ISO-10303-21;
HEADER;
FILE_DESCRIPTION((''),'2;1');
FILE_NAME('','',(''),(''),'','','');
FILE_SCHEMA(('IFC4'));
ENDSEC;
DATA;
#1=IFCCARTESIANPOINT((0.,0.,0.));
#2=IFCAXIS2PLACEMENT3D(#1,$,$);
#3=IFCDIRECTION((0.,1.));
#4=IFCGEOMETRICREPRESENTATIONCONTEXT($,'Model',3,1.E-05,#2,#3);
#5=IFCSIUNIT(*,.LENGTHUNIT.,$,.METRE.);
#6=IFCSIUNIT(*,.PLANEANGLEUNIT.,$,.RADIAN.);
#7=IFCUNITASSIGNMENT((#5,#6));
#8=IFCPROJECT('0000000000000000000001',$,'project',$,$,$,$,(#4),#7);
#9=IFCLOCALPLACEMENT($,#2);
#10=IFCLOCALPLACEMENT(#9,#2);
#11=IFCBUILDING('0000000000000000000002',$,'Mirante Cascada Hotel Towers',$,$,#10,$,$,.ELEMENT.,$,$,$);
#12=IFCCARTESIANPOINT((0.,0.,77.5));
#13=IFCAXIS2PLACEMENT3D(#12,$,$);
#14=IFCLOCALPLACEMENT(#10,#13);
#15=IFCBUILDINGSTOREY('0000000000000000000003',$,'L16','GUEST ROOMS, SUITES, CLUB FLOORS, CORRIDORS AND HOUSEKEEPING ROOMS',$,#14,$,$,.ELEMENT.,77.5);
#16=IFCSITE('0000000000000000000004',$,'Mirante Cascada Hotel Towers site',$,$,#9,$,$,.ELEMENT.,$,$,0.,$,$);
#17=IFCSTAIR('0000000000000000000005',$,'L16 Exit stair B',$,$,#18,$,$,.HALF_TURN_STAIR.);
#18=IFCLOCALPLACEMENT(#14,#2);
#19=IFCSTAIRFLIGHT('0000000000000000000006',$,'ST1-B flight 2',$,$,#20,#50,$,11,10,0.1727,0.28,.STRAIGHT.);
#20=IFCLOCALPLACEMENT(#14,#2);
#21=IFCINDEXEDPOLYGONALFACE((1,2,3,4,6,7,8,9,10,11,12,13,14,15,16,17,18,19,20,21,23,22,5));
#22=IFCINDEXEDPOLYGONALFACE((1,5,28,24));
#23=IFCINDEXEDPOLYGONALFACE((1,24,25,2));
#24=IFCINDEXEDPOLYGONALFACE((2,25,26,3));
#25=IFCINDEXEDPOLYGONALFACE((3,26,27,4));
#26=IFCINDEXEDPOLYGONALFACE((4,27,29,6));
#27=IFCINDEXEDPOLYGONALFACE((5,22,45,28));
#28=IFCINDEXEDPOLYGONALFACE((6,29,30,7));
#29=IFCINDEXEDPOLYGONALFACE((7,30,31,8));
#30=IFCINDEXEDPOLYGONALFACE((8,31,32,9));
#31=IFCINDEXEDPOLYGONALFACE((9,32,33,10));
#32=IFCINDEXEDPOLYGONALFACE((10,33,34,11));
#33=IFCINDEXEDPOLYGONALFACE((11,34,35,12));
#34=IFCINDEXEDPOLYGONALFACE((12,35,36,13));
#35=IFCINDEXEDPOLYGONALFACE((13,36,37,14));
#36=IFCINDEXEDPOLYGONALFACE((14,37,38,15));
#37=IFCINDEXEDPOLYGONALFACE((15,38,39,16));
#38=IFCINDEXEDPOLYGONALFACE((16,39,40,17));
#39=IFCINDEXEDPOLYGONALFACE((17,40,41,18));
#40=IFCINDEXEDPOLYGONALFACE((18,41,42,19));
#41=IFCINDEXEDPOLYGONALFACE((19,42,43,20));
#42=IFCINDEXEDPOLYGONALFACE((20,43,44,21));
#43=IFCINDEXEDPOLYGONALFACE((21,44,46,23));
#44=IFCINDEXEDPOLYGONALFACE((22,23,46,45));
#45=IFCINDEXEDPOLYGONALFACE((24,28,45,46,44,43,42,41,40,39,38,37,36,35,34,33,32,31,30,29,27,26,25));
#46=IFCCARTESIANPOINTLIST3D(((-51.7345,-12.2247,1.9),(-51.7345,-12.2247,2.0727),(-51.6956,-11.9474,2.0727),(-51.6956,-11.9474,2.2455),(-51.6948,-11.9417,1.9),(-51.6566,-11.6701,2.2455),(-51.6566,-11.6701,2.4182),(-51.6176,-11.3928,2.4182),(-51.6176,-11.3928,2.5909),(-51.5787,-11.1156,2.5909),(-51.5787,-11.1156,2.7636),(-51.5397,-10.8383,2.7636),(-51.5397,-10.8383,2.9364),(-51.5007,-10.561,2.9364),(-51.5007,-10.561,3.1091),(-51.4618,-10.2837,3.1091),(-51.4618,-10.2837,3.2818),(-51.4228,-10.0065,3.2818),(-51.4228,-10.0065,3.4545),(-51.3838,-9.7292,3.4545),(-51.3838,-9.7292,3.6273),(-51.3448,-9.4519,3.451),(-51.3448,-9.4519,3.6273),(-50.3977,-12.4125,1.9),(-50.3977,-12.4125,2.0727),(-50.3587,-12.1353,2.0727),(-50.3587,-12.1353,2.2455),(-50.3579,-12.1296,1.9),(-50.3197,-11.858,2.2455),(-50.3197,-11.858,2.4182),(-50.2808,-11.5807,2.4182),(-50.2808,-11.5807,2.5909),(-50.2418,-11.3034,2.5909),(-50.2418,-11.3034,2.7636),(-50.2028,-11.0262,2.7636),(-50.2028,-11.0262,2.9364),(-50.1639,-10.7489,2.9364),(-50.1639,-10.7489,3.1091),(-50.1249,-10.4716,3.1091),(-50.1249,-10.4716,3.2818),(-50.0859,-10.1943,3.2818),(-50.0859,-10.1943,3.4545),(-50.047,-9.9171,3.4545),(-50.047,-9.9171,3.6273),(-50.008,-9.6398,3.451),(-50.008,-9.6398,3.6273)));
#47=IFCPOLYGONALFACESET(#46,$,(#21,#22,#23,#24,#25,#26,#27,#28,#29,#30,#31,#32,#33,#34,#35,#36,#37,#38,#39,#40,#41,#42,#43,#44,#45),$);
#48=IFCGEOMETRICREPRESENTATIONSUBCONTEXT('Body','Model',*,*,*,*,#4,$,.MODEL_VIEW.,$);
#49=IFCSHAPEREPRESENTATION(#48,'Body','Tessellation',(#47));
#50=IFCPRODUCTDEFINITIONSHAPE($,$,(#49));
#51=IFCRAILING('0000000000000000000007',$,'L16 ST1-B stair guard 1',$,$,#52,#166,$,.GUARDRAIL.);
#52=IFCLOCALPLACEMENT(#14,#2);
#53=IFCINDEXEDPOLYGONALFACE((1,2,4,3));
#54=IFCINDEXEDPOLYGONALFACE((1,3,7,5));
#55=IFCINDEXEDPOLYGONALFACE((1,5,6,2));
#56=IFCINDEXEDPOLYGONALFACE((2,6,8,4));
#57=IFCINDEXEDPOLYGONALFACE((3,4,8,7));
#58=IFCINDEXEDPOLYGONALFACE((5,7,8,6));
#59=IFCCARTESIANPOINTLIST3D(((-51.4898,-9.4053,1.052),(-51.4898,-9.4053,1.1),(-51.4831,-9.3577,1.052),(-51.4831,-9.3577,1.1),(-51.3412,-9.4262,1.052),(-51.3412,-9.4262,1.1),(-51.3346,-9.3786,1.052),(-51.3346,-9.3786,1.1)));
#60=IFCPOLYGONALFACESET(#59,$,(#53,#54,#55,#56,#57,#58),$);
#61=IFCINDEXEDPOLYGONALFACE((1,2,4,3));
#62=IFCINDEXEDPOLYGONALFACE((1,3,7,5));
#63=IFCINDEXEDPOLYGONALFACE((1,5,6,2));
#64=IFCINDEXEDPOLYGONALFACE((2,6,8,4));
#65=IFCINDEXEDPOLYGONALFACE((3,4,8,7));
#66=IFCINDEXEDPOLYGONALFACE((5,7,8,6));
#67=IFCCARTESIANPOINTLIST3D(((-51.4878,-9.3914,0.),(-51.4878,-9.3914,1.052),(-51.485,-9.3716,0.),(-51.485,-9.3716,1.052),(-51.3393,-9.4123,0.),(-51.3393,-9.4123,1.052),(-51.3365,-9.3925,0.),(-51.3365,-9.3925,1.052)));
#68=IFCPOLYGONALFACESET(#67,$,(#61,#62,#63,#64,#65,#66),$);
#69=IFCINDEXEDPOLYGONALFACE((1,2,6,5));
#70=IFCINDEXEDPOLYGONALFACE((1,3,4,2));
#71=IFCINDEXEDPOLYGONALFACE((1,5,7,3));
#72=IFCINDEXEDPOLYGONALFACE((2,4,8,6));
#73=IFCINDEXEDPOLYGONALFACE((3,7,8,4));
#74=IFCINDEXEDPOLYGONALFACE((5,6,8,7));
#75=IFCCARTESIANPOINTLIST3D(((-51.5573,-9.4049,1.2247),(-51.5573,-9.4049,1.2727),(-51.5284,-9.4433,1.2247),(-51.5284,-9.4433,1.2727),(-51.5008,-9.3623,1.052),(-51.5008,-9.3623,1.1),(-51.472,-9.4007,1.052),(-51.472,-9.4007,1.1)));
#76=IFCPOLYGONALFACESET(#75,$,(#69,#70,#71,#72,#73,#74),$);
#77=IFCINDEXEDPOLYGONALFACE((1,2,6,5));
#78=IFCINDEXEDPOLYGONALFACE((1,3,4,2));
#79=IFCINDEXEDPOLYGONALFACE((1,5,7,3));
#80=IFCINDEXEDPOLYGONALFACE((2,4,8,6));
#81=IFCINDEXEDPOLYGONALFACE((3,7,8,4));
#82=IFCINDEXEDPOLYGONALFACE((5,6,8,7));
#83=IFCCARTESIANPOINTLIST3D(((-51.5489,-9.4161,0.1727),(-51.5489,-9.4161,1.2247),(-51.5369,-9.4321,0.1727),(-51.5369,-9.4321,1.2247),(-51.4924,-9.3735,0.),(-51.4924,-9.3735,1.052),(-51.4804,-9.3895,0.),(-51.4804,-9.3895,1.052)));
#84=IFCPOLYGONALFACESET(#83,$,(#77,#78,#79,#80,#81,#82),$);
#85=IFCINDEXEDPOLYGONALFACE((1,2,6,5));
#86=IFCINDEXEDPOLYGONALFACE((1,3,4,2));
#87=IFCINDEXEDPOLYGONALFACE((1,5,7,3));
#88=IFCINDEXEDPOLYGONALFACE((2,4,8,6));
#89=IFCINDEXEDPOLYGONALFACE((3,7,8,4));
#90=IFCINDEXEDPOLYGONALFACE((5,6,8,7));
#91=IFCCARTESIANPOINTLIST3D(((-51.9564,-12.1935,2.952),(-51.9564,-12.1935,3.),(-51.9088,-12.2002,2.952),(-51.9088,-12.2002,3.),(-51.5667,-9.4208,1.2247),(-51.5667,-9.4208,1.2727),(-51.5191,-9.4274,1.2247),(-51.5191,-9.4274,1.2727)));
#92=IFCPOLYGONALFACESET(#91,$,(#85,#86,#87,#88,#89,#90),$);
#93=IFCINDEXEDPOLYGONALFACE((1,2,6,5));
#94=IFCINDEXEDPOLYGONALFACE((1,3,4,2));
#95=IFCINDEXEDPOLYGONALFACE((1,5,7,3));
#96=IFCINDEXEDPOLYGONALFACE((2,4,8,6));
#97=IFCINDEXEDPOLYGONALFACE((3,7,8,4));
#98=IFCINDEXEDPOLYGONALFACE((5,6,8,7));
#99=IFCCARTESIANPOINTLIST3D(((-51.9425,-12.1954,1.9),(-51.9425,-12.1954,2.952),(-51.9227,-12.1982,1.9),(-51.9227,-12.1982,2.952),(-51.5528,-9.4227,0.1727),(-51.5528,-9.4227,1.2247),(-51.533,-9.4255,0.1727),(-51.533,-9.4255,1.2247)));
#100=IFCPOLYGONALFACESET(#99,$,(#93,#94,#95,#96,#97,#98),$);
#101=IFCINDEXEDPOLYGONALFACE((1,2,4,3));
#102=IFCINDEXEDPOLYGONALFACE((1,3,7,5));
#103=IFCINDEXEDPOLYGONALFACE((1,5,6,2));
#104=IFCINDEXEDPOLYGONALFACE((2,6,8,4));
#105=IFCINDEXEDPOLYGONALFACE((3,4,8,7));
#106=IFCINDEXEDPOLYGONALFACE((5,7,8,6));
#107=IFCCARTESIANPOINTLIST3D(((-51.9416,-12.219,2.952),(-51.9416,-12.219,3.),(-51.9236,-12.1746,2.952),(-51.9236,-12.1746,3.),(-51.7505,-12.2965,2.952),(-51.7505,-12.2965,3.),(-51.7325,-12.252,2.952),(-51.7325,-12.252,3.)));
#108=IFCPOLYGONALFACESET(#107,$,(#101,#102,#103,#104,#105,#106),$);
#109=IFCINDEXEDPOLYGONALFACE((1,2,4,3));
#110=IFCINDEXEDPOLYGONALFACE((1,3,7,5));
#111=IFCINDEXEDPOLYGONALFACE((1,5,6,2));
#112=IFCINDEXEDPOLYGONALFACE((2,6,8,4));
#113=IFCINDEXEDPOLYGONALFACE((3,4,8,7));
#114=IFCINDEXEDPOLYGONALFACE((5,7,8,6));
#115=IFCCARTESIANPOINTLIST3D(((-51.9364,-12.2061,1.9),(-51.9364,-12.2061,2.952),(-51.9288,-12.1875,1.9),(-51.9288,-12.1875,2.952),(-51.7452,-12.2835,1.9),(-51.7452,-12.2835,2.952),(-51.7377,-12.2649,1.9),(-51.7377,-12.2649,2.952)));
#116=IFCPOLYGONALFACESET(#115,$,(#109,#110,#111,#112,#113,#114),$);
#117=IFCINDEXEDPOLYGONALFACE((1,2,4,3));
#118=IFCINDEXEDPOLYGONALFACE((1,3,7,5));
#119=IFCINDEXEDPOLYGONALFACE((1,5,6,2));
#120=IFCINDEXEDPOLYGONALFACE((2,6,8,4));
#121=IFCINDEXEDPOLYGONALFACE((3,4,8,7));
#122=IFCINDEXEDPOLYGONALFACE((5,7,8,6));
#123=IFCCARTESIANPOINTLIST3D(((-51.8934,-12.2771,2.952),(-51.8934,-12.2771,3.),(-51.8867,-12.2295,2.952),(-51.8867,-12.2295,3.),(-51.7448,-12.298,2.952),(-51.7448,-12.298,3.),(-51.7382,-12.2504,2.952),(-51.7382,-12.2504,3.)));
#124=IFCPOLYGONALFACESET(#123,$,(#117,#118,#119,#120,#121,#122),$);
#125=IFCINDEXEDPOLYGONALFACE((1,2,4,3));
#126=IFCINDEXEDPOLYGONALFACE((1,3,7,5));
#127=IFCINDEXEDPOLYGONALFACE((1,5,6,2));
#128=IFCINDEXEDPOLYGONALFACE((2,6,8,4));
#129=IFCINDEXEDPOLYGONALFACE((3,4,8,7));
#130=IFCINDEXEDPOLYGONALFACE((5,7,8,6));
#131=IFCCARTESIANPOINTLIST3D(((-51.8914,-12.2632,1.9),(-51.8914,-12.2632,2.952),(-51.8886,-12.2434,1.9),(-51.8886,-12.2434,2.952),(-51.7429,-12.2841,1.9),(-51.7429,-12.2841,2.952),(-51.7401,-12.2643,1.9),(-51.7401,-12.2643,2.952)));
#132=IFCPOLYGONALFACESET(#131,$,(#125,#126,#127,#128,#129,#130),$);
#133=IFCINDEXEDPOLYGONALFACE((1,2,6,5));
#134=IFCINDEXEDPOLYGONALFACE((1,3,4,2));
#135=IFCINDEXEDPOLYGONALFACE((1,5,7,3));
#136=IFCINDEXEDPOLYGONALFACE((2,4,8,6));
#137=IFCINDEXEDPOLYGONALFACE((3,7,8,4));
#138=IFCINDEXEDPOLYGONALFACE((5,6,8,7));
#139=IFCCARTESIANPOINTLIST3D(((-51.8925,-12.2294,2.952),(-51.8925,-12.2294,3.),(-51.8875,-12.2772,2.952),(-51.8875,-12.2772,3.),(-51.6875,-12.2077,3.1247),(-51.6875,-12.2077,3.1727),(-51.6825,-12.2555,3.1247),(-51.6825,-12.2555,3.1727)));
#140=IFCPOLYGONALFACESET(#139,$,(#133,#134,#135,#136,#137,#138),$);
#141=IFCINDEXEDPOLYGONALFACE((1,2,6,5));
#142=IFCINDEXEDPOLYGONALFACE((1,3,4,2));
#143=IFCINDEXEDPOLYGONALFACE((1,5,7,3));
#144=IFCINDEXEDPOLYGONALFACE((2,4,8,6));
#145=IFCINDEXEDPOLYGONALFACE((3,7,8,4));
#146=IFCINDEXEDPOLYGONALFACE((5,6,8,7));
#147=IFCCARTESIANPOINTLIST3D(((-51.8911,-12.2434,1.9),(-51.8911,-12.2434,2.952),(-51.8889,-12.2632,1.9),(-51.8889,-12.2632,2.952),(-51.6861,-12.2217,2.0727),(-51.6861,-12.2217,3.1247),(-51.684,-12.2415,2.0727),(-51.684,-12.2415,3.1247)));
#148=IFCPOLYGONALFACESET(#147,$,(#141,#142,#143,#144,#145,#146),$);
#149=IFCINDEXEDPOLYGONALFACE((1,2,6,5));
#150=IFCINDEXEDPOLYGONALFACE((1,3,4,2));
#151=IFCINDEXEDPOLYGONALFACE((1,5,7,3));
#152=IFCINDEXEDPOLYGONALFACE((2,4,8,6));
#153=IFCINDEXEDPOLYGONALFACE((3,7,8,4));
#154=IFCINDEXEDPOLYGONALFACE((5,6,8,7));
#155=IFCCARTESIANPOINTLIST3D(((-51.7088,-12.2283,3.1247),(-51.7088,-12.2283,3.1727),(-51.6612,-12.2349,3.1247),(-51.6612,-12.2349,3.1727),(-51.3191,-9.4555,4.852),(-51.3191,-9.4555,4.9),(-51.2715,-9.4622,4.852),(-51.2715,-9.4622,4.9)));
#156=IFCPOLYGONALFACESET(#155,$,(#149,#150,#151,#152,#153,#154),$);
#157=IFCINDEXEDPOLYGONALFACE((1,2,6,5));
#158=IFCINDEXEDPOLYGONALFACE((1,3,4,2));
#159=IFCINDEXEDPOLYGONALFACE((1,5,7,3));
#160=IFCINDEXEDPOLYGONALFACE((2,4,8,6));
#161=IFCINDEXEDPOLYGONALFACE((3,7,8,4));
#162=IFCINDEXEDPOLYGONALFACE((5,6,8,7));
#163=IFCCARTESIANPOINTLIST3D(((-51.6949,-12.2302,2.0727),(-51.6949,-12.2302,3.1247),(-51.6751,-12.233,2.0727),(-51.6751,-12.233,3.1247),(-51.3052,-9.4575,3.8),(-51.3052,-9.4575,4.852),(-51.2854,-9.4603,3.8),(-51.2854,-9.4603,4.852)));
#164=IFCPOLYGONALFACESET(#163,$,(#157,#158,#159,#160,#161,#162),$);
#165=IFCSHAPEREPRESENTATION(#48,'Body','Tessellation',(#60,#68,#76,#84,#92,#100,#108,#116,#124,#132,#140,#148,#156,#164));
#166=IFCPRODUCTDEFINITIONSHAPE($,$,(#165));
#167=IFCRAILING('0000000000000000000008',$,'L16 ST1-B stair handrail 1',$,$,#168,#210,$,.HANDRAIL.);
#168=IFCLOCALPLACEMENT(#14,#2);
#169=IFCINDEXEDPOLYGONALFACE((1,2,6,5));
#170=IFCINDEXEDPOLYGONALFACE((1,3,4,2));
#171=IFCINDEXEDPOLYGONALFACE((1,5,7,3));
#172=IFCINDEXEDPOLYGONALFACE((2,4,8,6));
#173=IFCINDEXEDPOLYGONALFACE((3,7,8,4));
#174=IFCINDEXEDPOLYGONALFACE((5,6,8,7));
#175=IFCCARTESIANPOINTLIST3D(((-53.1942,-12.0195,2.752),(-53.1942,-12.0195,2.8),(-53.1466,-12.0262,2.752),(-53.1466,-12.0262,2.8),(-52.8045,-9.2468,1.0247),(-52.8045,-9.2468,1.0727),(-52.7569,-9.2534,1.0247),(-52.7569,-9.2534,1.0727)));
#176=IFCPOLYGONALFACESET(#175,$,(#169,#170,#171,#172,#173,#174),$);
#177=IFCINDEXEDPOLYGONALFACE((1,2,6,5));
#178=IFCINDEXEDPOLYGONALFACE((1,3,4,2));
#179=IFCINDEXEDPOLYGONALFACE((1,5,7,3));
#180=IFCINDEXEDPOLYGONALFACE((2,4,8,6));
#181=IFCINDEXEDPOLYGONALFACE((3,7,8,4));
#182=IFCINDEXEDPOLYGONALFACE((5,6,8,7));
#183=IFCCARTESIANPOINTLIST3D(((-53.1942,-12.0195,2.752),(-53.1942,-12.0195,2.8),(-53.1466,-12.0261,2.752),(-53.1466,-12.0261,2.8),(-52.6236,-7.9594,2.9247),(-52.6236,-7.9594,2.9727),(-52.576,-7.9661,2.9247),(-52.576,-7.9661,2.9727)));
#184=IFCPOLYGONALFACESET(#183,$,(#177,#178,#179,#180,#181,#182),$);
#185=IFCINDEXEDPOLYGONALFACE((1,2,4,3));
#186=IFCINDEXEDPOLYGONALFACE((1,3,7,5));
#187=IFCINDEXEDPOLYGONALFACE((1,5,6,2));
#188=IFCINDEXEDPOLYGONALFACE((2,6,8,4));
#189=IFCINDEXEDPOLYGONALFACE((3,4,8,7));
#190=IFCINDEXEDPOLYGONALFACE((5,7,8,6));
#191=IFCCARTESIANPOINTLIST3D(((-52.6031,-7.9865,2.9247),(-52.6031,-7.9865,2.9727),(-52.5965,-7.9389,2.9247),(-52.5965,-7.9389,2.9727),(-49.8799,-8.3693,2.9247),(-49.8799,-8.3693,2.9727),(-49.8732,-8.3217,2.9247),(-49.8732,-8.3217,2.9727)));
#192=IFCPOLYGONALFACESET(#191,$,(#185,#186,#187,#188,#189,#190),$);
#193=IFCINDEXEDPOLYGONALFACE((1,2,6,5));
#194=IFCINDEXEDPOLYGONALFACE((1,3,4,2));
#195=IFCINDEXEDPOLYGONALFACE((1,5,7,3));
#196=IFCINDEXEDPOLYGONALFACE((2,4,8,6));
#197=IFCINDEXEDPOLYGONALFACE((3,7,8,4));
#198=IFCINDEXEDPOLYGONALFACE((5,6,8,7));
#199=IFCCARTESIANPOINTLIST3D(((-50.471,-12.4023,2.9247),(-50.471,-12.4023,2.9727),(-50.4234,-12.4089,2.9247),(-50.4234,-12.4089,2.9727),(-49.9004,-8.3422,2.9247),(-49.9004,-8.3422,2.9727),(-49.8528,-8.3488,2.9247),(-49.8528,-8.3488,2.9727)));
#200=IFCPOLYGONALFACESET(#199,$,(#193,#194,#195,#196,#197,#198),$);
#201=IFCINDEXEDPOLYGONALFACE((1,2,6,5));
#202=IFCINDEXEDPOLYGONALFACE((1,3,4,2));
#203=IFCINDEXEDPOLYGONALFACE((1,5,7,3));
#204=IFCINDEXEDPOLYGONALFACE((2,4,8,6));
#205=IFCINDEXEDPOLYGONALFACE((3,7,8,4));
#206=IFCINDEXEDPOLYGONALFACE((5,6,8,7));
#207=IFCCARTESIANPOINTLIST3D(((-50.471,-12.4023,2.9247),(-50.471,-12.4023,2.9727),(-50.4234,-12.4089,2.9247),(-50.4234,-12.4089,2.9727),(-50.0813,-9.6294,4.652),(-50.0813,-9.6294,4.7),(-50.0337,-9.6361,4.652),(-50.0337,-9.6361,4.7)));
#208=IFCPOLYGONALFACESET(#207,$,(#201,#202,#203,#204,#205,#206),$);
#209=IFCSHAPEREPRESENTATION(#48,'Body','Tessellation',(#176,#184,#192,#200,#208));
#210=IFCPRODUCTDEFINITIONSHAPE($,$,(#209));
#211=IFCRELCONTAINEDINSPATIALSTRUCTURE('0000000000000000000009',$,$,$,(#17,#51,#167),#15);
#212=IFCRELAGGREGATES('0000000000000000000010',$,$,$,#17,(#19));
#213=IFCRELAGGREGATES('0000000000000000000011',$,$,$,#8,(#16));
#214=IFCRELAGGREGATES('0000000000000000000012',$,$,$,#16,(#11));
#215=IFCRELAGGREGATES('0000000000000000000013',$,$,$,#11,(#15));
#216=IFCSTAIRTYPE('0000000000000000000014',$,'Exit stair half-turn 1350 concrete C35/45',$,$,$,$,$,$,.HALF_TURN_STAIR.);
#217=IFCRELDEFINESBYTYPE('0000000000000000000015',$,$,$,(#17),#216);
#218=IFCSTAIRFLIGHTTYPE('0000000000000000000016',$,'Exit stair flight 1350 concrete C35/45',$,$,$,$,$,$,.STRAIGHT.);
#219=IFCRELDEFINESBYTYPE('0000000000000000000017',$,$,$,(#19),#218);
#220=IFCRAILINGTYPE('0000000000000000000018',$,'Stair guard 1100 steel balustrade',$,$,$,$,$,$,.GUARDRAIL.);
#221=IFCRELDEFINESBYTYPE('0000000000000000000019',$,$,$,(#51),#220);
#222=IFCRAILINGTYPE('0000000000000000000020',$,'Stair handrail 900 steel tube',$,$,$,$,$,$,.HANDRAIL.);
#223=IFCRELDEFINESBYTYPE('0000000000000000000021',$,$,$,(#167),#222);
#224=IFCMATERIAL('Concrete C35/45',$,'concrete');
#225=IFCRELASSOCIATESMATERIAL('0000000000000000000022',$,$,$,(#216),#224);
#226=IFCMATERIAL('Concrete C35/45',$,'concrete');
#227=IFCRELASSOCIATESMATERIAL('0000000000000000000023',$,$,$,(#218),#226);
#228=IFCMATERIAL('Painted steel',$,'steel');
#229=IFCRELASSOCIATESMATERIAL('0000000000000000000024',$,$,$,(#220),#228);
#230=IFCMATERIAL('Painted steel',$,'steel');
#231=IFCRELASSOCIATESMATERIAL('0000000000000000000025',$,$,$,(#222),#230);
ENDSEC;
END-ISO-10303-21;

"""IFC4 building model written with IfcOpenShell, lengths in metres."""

from ifc_helpers import new_model, si_unit, direction, frame, origin, origin_2d, place, context, subcontext, project, spatial, polyline, rectangle, outline, extrude, material, type_object, element, aggregate, save


model = new_model("IFC4")

# Units and contexts
model_context = context("Model", 3, precision=1e-05, world=origin(), true_north=direction((0.0, 1.0)))
body_context = subcontext(model_context, "Body", "Model", "MODEL_VIEW")
ifc_project = project(units=[si_unit("LENGTHUNIT", "METRE"), si_unit("PLANEANGLEUNIT", "RADIAN")], contexts=[model_context])

# Site, building, storey
site_placement = place(None, origin())
site = spatial("IfcSite", under=ifc_project, at=site_placement, Name="Mirante Cascada Hotel Towers site", CompositionType="ELEMENT", RefElevation=0.0)
building_placement = place(site_placement, origin())
building = spatial("IfcBuilding", under=site, at=building_placement, Name="Mirante Cascada Hotel Towers", CompositionType="ELEMENT")
storey_placement = place(building_placement, frame((0.0, 0.0, 77.5)))
storey = spatial("IfcBuildingStorey", under=building, at=storey_placement, Name="L16", Description="GUEST ROOMS, SUITES, CLUB FLOORS, CORRIDORS AND HOUSEKEEPING ROOMS", CompositionType="ELEMENT", Elevation=77.5)

# Stair, stair flight
ifc_material_1 = material(Name="Concrete C35/45", Category="concrete")
stair_type = type_object("IfcStairType", Name="Exit stair half-turn 1350 concrete C35/45", PredefinedType="HALF_TURN_STAIR", material=ifc_material_1)
stair_placement = place(storey_placement, origin())
stair = element("IfcStair", 1, at=stair_placement, inside=storey, type_object=stair_type, Name="L16 Exit stair B", PredefinedType="HALF_TURN_STAIR")
ifc_material_2 = material(Name="Concrete C35/45", Category="concrete")
stair_flight_type = type_object("IfcStairFlightType", Name="Exit stair flight 1350 concrete C35/45", PredefinedType="STRAIGHT", material=ifc_material_2)
stair_flight_1_placement = place(storey_placement, frame((-51.0661, -12.3186, 1.9), z_axis=(0.0, 0.0, 1.0), x_axis=(0.139173, 0.990268, 0.0)))
stair_flight_1 = element("IfcStairFlight", 2, at=stair_flight_1_placement, type_object=stair_flight_type, Name="ST1-B flight 2", NumberOfRisers=11, NumberOfTreads=10, PredefinedType="STRAIGHT", RiserHeight=0.1727, TreadLength=0.28, context=body_context, shape_type="SweptSolid", body=[
    extrude(outline(polyline([(0.0, 0.0), (0.0, 0.1727), (0.28, 0.1727), (0.28, 0.3455), (0.56, 0.3455), (0.56, 0.5182), (0.84, 0.5182), (0.84, 0.6909), (1.12, 0.6909), (1.12, 0.8636), (1.4, 0.8636), (1.4, 1.0364), (1.68, 1.0364), (1.68, 1.2091), (1.96, 1.2091), (1.96, 1.3818), (2.24, 1.3818), (2.24, 1.5545), (2.52, 1.5545), (2.52, 1.7273), (2.8, 1.7273), (2.8, 1.9), (2.8, 1.551), (0.2857, 0.0), (0.0, 0.0)])), frame((0.0, 0.675, 0.0), z_axis=(0.0, -1.0, 0.0), x_axis=(1.0, 0.0, 0.0)), (0.0, 0.0, 1.0), 1.35),
])
aggregate(stair, [stair_flight_1])

# Railings
ifc_material_3 = material(Name="Painted steel", Category="steel")
railing_type_1 = type_object("IfcRailingType", Name="Stair guard 1100 steel balustrade", PredefinedType="GUARDRAIL", material=ifc_material_3)
railing_1_placement = place(storey_placement, frame((-51.3379, -9.4024, 0.0)))
element("IfcRailing", 3, at=railing_1_placement, inside=storey, type_object=railing_type_1, Name="L16 ST1-B stair guard 1", PredefinedType="GUARDRAIL", context=body_context, shape_type="SweptSolid", body=[
    extrude(rectangle(XDim=0.048, YDim=0.048, at=origin_2d()), frame((0.0, 0.0, 1.076), z_axis=(-0.990241, 0.139367, 0.0), x_axis=(-0.139367, -0.990241, 0.0)), (0.0, 0.0, 1.0), 0.15),
    extrude(rectangle(XDim=0.02, YDim=1.052, at=origin_2d()), frame((0.0, 0.0, 0.526), z_axis=(-0.990241, 0.139367, 0.0), x_axis=(-0.139367, -0.990241, 0.0)), (0.0, 0.0, 1.0), 0.15),
    extrude(rectangle(XDim=0.048, YDim=0.048, at=origin_2d()), frame((-0.1485, 0.0209, 1.076), z_axis=(-0.798471, -0.602033, 0.0), x_axis=(0.602033, -0.798471, 0.0)), (0.0, 0.92534, 0.379139), 0.1866),
    extrude(rectangle(XDim=0.02, YDim=1.052, at=origin_2d()), frame((-0.1485, 0.0209, 0.526), z_axis=(-0.798471, -0.602033, 0.0), x_axis=(0.602033, -0.798471, 0.0)), (0.0, 0.92534, 0.379139), 0.1866),
    extrude(rectangle(XDim=0.048, YDim=0.048, at=origin_2d()), frame((-0.205, -0.0217, 1.2487), z_axis=(-0.139181, -0.990267, 0.0), x_axis=(0.990267, -0.139181, 0.0)), (0.0, 0.525035, 0.851081), 3.2899),
    extrude(rectangle(XDim=0.02, YDim=1.052, at=origin_2d()), frame((-0.205, -0.0217, 0.6987), z_axis=(-0.139181, -0.990267, 0.0), x_axis=(0.990267, -0.139181, 0.0)), (0.0, 0.525035, 0.851081), 3.2899),
    extrude(rectangle(XDim=0.048, YDim=0.048, at=origin_2d()), frame((-0.5947, -2.7944, 2.976), z_axis=(0.926862, -0.375401, 0.0), x_axis=(0.375401, 0.926862, 0.0)), (0.0, 0.0, 1.0), 0.2062),
    extrude(rectangle(XDim=0.02, YDim=1.052, at=origin_2d()), frame((-0.5947, -2.7944, 2.426), z_axis=(0.926862, -0.375401, 0.0), x_axis=(0.375401, 0.926862, 0.0)), (0.0, 0.0, 1.0), 0.2062),
    extrude(rectangle(XDim=0.048, YDim=0.048, at=origin_2d()), frame((-0.4036, -2.8718, 2.976), z_axis=(-0.990241, 0.139367, 0.0), x_axis=(-0.139367, -0.990241, 0.0)), (0.0, 0.0, 1.0), 0.15),
    extrude(rectangle(XDim=0.02, YDim=1.052, at=origin_2d()), frame((-0.4036, -2.8718, 2.426), z_axis=(-0.990241, 0.139367, 0.0), x_axis=(-0.139367, -0.990241, 0.0)), (0.0, 0.0, 1.0), 0.15),
    extrude(rectangle(XDim=0.048, YDim=0.048, at=origin_2d()), frame((-0.5521, -2.8509, 2.976), z_axis=(0.994444, 0.105266, 0.0), x_axis=(-0.105266, 0.994444, 0.0)), (0.0, 0.642184, 0.76655), 0.2689),
    extrude(rectangle(XDim=0.02, YDim=1.052, at=origin_2d()), frame((-0.5521, -2.8509, 2.426), z_axis=(0.994444, 0.105266, 0.0), x_axis=(-0.105266, 0.994444, 0.0)), (0.0, 0.642184, 0.76655), 0.2689),
    extrude(rectangle(XDim=0.048, YDim=0.048, at=origin_2d()), frame((-0.3471, -2.8292, 3.1487), z_axis=(0.139181, 0.990267, 0.0), x_axis=(-0.990267, 0.139181, 0.0)), (0.0, 0.525035, 0.851081), 3.2899),
    extrude(rectangle(XDim=0.02, YDim=1.052, at=origin_2d()), frame((-0.3471, -2.8292, 2.5987), z_axis=(0.139181, 0.990267, 0.0), x_axis=(-0.990267, 0.139181, 0.0)), (0.0, 0.525035, 0.851081), 3.2899),
])
ifc_material_4 = material(Name="Painted steel", Category="steel")
railing_type_2 = type_object("IfcRailingType", Name="Stair handrail 900 steel tube", PredefinedType="HANDRAIL", material=ifc_material_4)
railing_2_placement = place(storey_placement, frame((-52.7807, -9.2501, 0.1727)))
element("IfcRailing", 4, at=railing_2_placement, inside=storey, type_object=railing_type_2, Name="L16 ST1-B stair handrail 1", PredefinedType="HANDRAIL", context=body_context, shape_type="SweptSolid", body=[
    extrude(rectangle(XDim=0.048, YDim=0.048, at=origin_2d()), frame((0.0, 0.0, 0.876), z_axis=(-0.139181, -0.990267, 0.0), x_axis=(0.990267, -0.139181, 0.0)), (0.0, 0.525035, 0.851081), 3.2899),
    extrude(rectangle(XDim=0.048, YDim=0.048, at=origin_2d()), frame((-0.3897, -2.7727, 2.6033), z_axis=(0.139171, 0.990268, 0.0), x_axis=(-0.990268, 0.139171, 0.0)), (0.0, 0.042085, 0.999114), 4.1036),
    extrude(rectangle(XDim=0.048, YDim=0.048, at=origin_2d()), frame((0.1809, 1.2874, 2.776), z_axis=(0.990264, -0.139201, 0.0), x_axis=(0.139201, 0.990264, 0.0)), (0.0, 0.0, 1.0), 2.75),
    extrude(rectangle(XDim=0.048, YDim=0.048, at=origin_2d()), frame((2.9041, 0.9046, 2.776), z_axis=(-0.139171, -0.990268, 0.0), x_axis=(0.990268, -0.139171, 0.0)), (0.0, 0.0, 1.0), 4.1),
    extrude(rectangle(XDim=0.048, YDim=0.048, at=origin_2d()), frame((2.3335, -3.1555, 2.776), z_axis=(0.139176, 0.990268, 0.0), x_axis=(-0.990268, 0.139176, 0.0)), (0.0, 0.525021, 0.851089), 3.29),
])

save(model, "model.ifc")
